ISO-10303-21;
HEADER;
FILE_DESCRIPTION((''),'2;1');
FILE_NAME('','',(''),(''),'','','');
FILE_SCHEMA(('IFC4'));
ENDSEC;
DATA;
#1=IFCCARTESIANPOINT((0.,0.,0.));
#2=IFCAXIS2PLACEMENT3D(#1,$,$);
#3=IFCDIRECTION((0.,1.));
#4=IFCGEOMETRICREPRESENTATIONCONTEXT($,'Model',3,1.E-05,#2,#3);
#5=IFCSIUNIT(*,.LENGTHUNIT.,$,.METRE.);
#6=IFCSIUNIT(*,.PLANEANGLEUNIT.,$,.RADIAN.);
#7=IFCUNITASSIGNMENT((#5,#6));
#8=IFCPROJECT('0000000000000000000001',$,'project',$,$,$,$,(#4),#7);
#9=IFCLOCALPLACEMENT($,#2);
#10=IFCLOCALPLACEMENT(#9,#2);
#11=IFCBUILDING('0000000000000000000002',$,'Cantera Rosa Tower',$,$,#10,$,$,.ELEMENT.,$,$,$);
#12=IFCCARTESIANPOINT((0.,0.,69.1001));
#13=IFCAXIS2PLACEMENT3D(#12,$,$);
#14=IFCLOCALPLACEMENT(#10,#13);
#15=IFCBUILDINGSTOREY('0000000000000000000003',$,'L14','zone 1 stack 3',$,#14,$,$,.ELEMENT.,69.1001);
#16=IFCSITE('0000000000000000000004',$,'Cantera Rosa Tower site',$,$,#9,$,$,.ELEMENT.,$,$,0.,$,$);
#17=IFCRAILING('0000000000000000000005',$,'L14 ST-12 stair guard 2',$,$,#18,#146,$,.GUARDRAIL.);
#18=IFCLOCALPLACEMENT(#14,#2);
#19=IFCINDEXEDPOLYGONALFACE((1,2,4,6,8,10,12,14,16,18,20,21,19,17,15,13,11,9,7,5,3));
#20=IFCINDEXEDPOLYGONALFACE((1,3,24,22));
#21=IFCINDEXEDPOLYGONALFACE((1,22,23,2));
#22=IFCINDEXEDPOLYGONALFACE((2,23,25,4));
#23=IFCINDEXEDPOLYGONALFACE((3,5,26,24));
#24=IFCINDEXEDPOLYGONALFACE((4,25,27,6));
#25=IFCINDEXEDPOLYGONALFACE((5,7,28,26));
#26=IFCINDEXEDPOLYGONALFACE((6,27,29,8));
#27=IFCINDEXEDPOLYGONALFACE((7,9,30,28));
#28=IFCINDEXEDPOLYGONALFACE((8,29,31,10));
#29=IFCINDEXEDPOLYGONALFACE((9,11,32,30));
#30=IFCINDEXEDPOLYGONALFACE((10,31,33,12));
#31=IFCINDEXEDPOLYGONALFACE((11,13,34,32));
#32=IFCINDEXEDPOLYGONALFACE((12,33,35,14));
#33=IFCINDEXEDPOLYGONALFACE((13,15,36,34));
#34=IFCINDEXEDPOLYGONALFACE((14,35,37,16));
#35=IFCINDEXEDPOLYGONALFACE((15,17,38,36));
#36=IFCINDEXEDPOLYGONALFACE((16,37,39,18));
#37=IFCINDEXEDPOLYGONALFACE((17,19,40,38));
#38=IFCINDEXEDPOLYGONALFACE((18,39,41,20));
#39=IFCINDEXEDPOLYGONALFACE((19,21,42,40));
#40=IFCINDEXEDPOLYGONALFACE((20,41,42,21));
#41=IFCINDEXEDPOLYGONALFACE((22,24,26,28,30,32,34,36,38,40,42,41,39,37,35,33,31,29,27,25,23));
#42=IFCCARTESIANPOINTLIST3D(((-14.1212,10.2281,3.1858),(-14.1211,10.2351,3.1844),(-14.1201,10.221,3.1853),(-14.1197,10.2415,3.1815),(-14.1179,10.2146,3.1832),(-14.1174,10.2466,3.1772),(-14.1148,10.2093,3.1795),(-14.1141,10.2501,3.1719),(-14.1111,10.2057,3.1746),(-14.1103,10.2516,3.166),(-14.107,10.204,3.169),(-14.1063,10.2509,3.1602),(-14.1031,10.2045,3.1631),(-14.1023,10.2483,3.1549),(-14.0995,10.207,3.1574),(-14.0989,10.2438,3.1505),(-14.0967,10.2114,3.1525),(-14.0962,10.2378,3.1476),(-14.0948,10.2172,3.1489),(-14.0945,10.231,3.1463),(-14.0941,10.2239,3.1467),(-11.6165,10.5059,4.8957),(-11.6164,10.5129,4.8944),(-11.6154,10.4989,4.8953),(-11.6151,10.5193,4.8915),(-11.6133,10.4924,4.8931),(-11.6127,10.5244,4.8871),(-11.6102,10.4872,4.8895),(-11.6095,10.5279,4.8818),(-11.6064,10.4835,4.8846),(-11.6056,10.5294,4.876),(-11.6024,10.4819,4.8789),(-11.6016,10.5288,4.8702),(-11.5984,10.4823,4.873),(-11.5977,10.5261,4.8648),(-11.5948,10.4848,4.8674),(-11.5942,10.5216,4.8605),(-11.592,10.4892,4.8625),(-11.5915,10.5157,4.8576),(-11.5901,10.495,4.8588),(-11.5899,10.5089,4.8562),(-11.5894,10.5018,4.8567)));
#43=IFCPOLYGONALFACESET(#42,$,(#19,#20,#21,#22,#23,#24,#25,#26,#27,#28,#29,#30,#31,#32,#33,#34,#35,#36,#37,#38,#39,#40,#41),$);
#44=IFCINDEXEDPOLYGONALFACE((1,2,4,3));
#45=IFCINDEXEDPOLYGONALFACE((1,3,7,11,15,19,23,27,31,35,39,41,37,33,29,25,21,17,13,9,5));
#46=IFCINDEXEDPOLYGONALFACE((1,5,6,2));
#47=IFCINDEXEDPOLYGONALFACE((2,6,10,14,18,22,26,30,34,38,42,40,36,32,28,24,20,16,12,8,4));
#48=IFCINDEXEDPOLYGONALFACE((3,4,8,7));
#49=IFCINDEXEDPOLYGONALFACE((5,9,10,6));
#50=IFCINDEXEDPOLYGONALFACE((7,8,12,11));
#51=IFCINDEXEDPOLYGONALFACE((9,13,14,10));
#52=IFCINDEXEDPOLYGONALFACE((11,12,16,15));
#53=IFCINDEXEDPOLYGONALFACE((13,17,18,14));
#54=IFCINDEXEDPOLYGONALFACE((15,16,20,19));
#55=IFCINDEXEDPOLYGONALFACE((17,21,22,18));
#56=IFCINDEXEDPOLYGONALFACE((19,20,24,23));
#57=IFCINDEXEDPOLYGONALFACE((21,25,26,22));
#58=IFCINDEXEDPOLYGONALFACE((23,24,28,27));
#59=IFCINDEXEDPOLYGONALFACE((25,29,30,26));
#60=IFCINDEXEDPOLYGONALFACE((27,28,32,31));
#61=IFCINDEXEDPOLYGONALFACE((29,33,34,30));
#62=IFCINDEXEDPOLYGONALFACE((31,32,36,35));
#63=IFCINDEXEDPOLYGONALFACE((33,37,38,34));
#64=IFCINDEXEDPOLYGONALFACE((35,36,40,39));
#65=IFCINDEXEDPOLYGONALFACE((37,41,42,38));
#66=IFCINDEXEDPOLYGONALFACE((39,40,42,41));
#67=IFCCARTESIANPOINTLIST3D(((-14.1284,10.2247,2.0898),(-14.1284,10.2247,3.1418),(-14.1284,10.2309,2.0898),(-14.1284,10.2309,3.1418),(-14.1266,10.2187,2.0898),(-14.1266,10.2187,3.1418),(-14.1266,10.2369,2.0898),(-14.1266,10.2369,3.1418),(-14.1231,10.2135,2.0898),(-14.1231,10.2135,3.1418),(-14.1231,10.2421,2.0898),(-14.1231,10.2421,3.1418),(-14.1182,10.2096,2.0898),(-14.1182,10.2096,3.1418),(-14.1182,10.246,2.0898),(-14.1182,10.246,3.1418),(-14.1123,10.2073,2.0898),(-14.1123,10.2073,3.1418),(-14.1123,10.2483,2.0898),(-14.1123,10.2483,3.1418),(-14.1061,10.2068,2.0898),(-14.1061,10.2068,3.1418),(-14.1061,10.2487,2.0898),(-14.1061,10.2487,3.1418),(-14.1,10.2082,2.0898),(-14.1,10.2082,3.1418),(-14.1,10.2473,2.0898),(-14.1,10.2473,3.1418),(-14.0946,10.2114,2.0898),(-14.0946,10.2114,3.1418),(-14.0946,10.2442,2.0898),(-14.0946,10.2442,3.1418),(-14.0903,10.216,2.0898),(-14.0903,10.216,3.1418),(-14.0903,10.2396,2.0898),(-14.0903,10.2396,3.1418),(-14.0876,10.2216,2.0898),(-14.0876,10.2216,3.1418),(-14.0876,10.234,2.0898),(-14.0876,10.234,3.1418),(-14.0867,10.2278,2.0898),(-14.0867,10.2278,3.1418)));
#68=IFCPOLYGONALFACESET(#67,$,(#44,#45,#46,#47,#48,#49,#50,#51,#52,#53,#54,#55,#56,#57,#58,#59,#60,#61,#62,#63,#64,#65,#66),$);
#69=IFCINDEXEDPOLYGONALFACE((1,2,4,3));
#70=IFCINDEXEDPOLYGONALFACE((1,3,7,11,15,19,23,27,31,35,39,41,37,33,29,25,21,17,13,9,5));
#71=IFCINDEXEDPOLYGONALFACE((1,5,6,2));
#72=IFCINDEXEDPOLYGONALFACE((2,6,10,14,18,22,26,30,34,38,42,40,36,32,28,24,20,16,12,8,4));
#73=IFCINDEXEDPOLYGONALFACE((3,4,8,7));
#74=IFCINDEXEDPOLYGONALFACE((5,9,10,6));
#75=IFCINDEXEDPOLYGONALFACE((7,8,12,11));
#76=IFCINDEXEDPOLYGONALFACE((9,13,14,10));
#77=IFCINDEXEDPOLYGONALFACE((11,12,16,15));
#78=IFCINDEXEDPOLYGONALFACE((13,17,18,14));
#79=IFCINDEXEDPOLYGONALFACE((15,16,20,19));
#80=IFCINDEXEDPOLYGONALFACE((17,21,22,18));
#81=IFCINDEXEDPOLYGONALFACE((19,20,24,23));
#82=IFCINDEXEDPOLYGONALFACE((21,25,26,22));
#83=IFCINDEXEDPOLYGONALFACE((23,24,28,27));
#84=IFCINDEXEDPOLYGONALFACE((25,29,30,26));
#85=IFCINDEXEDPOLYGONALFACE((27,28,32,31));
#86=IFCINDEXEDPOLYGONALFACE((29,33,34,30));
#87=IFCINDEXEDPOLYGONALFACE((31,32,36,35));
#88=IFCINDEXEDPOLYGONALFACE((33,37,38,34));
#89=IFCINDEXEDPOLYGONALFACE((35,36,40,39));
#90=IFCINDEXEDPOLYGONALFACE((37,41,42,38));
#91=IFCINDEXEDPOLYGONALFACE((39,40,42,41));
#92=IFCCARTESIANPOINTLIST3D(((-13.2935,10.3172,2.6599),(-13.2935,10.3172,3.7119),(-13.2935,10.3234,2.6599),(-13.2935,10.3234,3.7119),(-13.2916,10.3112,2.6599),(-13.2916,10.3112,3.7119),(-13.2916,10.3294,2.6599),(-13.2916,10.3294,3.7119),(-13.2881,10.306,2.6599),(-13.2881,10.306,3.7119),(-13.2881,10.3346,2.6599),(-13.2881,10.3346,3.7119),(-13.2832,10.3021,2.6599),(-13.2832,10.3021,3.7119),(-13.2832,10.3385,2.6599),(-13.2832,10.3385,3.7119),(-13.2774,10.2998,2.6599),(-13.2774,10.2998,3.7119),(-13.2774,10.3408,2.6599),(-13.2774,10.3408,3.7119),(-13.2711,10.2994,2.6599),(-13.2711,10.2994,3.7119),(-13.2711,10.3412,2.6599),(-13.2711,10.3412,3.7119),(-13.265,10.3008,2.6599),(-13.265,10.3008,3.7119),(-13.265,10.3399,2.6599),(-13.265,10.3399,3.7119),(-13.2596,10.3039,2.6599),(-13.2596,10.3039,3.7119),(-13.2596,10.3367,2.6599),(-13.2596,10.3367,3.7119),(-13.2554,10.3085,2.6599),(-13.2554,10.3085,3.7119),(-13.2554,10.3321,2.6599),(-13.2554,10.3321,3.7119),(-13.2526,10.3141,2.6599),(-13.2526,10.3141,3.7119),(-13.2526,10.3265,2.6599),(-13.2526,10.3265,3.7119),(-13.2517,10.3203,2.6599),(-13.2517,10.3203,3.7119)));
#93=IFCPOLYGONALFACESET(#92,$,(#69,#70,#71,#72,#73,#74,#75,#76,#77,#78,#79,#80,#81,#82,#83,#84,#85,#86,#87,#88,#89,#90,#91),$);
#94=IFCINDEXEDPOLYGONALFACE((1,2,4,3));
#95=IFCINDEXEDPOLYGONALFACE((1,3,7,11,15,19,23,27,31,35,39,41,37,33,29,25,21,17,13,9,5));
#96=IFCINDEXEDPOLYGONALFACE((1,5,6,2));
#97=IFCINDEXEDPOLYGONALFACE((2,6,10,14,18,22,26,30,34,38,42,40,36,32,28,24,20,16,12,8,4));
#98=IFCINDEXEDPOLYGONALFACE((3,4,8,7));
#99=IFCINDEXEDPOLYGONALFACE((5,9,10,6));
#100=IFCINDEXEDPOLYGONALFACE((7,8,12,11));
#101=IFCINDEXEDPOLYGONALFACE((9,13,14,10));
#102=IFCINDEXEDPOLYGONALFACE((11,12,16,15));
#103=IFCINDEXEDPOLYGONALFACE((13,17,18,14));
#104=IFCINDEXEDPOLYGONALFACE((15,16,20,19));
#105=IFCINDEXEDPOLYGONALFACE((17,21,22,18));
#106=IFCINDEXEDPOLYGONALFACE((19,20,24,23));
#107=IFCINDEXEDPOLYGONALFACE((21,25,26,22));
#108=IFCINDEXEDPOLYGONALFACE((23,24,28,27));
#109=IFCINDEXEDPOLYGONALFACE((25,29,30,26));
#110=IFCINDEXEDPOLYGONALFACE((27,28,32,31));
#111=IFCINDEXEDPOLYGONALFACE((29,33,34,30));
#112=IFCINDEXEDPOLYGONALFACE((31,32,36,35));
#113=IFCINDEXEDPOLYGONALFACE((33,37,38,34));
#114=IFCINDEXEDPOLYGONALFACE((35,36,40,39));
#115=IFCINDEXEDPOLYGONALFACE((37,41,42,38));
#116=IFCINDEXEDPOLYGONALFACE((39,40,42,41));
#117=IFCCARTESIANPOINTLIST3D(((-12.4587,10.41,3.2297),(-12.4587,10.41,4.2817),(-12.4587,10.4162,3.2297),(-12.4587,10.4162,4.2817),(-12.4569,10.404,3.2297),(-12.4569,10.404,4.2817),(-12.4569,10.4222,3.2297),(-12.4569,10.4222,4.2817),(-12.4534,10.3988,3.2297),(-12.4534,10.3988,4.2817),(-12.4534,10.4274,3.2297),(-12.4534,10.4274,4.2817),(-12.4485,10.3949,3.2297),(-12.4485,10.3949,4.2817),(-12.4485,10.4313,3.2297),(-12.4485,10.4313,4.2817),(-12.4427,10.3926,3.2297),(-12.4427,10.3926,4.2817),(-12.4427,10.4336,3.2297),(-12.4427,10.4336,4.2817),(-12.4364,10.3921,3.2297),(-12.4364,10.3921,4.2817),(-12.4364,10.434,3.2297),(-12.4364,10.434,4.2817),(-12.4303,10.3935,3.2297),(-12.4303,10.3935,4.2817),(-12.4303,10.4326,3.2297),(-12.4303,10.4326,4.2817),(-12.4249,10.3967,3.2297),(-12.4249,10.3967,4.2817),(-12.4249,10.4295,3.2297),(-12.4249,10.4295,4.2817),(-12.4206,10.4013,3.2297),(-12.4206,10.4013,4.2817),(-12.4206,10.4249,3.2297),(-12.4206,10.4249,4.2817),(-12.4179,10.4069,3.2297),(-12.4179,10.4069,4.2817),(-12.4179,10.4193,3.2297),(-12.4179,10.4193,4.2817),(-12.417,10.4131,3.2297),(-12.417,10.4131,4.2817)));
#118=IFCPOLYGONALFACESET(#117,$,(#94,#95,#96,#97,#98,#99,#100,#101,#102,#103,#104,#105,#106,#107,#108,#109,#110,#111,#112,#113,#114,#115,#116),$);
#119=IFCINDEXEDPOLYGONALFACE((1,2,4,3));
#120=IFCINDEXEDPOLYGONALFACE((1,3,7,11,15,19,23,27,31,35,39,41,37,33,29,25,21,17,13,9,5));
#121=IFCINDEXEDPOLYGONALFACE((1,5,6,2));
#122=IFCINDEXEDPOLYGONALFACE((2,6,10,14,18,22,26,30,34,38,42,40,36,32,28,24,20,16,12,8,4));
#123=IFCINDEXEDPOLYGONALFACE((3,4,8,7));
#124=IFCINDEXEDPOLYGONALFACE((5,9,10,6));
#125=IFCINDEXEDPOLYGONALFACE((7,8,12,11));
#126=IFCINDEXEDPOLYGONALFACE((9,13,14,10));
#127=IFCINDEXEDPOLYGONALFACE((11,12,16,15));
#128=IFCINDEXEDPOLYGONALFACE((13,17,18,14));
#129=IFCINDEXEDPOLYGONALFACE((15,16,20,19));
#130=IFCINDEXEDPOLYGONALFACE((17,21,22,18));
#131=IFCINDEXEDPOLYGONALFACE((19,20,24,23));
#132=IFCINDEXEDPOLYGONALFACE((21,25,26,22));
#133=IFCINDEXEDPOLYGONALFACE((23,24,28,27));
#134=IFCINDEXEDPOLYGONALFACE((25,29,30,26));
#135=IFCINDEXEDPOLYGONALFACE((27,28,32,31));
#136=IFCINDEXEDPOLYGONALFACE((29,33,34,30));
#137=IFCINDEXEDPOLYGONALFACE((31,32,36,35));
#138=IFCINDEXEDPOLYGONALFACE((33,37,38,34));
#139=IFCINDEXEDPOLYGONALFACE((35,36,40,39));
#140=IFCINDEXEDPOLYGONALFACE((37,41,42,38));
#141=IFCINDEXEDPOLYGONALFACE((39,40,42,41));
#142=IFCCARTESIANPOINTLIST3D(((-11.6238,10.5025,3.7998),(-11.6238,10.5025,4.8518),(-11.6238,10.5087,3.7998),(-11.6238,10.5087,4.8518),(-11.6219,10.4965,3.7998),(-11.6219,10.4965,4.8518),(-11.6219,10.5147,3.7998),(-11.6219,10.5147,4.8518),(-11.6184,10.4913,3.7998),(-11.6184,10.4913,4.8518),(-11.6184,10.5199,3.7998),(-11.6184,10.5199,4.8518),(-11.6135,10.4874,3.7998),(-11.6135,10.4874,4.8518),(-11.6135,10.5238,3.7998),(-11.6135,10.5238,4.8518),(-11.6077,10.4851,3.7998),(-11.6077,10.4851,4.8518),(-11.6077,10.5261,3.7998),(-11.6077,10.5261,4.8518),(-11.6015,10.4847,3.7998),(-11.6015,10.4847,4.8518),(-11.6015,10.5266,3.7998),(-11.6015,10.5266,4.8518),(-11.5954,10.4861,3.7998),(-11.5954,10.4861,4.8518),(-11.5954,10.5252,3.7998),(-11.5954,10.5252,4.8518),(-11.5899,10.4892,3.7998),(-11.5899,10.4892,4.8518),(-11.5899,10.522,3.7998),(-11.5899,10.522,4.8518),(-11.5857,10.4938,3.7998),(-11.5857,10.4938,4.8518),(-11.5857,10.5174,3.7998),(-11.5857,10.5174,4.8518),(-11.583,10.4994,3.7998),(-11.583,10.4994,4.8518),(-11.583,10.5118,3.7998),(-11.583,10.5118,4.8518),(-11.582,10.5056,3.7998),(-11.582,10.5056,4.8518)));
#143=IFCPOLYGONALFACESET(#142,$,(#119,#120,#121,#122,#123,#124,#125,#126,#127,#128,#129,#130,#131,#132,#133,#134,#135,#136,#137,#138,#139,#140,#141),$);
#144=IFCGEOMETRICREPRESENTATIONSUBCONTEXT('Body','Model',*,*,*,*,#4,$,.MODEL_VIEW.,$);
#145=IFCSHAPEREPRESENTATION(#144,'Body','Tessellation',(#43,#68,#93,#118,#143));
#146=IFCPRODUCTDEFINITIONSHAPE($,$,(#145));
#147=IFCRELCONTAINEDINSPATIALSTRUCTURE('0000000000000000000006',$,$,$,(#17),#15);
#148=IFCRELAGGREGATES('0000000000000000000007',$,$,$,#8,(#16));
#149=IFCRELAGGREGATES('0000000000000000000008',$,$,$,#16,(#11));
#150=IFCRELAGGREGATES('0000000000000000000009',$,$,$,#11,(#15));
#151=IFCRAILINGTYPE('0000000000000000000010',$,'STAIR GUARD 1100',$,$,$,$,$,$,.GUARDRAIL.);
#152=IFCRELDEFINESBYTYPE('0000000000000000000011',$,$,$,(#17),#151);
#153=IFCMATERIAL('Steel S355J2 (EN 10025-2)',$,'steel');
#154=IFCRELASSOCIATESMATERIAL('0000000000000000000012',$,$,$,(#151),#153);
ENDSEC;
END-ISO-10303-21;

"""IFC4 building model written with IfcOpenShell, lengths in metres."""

from ifc_helpers import new_model, si_unit, direction, frame, origin, origin_2d, place, context, subcontext, project, spatial, circle, extrude, material, type_object, element, save


model = new_model("IFC4")

# Units and contexts
model_context = context("Model", 3, precision=1e-05, world=origin(), true_north=direction((0.0, 1.0)))
body_context = subcontext(model_context, "Body", "Model", "MODEL_VIEW")
ifc_project = project(units=[si_unit("LENGTHUNIT", "METRE"), si_unit("PLANEANGLEUNIT", "RADIAN")], contexts=[model_context])

# Site, building, storey
site_placement = place(None, origin())
site = spatial("IfcSite", under=ifc_project, at=site_placement, Name="Cantera Rosa Tower site", CompositionType="ELEMENT", RefElevation=0.0)
building_placement = place(site_placement, origin())
building = spatial("IfcBuilding", under=site, at=building_placement, Name="Cantera Rosa Tower", CompositionType="ELEMENT")
storey_placement = place(building_placement, frame((0.0, 0.0, 69.1001)))
storey = spatial("IfcBuildingStorey", under=building, at=storey_placement, Name="L14", Description="zone 1 stack 3", CompositionType="ELEMENT", Elevation=69.1001)

# Railing
ifc_material_1 = material(Name="Steel S355J2 (EN 10025-2)", Category="steel")
railing_type_1 = type_object("IfcRailingType", Name="STAIR GUARD 1100", PredefinedType="GUARDRAIL", material=ifc_material_1)
railing_1_placement = place(storey_placement, frame((-14.1077, 10.2278, 2.0898)))
element("IfcRailing", 1, at=railing_1_placement, inside=storey, type_object=railing_type_1, Name="L14 ST-12 stair guard 2", PredefinedType="GUARDRAIL", context=body_context, shape_type="SweptSolid", body=[
    extrude(circle(Radius=0.0239, at=origin_2d()), frame((0.0, 0.0, 1.0762), z_axis=(0.822437, 0.091231, 0.561492), x_axis=(-0.110251, 0.993904, 0.0)), (0.0, 0.0, 1.0), 3.0454),
    extrude(circle(Radius=0.021, at=origin_2d()), origin(), (0.0, 0.0, 1.0), 1.052),
    extrude(circle(Radius=0.021, at=origin_2d()), frame((0.835, 0.0925, 0.5701)), (0.0, 0.0, 1.0), 1.052),
    extrude(circle(Radius=0.021, at=origin_2d()), frame((1.6697, 0.1853, 1.1399)), (0.0, 0.0, 1.0), 1.052),
    extrude(circle(Radius=0.021, at=origin_2d()), frame((2.5046, 0.2778, 1.71)), (0.0, 0.0, 1.0), 1.052),
])

save(model, "model.ifc")
